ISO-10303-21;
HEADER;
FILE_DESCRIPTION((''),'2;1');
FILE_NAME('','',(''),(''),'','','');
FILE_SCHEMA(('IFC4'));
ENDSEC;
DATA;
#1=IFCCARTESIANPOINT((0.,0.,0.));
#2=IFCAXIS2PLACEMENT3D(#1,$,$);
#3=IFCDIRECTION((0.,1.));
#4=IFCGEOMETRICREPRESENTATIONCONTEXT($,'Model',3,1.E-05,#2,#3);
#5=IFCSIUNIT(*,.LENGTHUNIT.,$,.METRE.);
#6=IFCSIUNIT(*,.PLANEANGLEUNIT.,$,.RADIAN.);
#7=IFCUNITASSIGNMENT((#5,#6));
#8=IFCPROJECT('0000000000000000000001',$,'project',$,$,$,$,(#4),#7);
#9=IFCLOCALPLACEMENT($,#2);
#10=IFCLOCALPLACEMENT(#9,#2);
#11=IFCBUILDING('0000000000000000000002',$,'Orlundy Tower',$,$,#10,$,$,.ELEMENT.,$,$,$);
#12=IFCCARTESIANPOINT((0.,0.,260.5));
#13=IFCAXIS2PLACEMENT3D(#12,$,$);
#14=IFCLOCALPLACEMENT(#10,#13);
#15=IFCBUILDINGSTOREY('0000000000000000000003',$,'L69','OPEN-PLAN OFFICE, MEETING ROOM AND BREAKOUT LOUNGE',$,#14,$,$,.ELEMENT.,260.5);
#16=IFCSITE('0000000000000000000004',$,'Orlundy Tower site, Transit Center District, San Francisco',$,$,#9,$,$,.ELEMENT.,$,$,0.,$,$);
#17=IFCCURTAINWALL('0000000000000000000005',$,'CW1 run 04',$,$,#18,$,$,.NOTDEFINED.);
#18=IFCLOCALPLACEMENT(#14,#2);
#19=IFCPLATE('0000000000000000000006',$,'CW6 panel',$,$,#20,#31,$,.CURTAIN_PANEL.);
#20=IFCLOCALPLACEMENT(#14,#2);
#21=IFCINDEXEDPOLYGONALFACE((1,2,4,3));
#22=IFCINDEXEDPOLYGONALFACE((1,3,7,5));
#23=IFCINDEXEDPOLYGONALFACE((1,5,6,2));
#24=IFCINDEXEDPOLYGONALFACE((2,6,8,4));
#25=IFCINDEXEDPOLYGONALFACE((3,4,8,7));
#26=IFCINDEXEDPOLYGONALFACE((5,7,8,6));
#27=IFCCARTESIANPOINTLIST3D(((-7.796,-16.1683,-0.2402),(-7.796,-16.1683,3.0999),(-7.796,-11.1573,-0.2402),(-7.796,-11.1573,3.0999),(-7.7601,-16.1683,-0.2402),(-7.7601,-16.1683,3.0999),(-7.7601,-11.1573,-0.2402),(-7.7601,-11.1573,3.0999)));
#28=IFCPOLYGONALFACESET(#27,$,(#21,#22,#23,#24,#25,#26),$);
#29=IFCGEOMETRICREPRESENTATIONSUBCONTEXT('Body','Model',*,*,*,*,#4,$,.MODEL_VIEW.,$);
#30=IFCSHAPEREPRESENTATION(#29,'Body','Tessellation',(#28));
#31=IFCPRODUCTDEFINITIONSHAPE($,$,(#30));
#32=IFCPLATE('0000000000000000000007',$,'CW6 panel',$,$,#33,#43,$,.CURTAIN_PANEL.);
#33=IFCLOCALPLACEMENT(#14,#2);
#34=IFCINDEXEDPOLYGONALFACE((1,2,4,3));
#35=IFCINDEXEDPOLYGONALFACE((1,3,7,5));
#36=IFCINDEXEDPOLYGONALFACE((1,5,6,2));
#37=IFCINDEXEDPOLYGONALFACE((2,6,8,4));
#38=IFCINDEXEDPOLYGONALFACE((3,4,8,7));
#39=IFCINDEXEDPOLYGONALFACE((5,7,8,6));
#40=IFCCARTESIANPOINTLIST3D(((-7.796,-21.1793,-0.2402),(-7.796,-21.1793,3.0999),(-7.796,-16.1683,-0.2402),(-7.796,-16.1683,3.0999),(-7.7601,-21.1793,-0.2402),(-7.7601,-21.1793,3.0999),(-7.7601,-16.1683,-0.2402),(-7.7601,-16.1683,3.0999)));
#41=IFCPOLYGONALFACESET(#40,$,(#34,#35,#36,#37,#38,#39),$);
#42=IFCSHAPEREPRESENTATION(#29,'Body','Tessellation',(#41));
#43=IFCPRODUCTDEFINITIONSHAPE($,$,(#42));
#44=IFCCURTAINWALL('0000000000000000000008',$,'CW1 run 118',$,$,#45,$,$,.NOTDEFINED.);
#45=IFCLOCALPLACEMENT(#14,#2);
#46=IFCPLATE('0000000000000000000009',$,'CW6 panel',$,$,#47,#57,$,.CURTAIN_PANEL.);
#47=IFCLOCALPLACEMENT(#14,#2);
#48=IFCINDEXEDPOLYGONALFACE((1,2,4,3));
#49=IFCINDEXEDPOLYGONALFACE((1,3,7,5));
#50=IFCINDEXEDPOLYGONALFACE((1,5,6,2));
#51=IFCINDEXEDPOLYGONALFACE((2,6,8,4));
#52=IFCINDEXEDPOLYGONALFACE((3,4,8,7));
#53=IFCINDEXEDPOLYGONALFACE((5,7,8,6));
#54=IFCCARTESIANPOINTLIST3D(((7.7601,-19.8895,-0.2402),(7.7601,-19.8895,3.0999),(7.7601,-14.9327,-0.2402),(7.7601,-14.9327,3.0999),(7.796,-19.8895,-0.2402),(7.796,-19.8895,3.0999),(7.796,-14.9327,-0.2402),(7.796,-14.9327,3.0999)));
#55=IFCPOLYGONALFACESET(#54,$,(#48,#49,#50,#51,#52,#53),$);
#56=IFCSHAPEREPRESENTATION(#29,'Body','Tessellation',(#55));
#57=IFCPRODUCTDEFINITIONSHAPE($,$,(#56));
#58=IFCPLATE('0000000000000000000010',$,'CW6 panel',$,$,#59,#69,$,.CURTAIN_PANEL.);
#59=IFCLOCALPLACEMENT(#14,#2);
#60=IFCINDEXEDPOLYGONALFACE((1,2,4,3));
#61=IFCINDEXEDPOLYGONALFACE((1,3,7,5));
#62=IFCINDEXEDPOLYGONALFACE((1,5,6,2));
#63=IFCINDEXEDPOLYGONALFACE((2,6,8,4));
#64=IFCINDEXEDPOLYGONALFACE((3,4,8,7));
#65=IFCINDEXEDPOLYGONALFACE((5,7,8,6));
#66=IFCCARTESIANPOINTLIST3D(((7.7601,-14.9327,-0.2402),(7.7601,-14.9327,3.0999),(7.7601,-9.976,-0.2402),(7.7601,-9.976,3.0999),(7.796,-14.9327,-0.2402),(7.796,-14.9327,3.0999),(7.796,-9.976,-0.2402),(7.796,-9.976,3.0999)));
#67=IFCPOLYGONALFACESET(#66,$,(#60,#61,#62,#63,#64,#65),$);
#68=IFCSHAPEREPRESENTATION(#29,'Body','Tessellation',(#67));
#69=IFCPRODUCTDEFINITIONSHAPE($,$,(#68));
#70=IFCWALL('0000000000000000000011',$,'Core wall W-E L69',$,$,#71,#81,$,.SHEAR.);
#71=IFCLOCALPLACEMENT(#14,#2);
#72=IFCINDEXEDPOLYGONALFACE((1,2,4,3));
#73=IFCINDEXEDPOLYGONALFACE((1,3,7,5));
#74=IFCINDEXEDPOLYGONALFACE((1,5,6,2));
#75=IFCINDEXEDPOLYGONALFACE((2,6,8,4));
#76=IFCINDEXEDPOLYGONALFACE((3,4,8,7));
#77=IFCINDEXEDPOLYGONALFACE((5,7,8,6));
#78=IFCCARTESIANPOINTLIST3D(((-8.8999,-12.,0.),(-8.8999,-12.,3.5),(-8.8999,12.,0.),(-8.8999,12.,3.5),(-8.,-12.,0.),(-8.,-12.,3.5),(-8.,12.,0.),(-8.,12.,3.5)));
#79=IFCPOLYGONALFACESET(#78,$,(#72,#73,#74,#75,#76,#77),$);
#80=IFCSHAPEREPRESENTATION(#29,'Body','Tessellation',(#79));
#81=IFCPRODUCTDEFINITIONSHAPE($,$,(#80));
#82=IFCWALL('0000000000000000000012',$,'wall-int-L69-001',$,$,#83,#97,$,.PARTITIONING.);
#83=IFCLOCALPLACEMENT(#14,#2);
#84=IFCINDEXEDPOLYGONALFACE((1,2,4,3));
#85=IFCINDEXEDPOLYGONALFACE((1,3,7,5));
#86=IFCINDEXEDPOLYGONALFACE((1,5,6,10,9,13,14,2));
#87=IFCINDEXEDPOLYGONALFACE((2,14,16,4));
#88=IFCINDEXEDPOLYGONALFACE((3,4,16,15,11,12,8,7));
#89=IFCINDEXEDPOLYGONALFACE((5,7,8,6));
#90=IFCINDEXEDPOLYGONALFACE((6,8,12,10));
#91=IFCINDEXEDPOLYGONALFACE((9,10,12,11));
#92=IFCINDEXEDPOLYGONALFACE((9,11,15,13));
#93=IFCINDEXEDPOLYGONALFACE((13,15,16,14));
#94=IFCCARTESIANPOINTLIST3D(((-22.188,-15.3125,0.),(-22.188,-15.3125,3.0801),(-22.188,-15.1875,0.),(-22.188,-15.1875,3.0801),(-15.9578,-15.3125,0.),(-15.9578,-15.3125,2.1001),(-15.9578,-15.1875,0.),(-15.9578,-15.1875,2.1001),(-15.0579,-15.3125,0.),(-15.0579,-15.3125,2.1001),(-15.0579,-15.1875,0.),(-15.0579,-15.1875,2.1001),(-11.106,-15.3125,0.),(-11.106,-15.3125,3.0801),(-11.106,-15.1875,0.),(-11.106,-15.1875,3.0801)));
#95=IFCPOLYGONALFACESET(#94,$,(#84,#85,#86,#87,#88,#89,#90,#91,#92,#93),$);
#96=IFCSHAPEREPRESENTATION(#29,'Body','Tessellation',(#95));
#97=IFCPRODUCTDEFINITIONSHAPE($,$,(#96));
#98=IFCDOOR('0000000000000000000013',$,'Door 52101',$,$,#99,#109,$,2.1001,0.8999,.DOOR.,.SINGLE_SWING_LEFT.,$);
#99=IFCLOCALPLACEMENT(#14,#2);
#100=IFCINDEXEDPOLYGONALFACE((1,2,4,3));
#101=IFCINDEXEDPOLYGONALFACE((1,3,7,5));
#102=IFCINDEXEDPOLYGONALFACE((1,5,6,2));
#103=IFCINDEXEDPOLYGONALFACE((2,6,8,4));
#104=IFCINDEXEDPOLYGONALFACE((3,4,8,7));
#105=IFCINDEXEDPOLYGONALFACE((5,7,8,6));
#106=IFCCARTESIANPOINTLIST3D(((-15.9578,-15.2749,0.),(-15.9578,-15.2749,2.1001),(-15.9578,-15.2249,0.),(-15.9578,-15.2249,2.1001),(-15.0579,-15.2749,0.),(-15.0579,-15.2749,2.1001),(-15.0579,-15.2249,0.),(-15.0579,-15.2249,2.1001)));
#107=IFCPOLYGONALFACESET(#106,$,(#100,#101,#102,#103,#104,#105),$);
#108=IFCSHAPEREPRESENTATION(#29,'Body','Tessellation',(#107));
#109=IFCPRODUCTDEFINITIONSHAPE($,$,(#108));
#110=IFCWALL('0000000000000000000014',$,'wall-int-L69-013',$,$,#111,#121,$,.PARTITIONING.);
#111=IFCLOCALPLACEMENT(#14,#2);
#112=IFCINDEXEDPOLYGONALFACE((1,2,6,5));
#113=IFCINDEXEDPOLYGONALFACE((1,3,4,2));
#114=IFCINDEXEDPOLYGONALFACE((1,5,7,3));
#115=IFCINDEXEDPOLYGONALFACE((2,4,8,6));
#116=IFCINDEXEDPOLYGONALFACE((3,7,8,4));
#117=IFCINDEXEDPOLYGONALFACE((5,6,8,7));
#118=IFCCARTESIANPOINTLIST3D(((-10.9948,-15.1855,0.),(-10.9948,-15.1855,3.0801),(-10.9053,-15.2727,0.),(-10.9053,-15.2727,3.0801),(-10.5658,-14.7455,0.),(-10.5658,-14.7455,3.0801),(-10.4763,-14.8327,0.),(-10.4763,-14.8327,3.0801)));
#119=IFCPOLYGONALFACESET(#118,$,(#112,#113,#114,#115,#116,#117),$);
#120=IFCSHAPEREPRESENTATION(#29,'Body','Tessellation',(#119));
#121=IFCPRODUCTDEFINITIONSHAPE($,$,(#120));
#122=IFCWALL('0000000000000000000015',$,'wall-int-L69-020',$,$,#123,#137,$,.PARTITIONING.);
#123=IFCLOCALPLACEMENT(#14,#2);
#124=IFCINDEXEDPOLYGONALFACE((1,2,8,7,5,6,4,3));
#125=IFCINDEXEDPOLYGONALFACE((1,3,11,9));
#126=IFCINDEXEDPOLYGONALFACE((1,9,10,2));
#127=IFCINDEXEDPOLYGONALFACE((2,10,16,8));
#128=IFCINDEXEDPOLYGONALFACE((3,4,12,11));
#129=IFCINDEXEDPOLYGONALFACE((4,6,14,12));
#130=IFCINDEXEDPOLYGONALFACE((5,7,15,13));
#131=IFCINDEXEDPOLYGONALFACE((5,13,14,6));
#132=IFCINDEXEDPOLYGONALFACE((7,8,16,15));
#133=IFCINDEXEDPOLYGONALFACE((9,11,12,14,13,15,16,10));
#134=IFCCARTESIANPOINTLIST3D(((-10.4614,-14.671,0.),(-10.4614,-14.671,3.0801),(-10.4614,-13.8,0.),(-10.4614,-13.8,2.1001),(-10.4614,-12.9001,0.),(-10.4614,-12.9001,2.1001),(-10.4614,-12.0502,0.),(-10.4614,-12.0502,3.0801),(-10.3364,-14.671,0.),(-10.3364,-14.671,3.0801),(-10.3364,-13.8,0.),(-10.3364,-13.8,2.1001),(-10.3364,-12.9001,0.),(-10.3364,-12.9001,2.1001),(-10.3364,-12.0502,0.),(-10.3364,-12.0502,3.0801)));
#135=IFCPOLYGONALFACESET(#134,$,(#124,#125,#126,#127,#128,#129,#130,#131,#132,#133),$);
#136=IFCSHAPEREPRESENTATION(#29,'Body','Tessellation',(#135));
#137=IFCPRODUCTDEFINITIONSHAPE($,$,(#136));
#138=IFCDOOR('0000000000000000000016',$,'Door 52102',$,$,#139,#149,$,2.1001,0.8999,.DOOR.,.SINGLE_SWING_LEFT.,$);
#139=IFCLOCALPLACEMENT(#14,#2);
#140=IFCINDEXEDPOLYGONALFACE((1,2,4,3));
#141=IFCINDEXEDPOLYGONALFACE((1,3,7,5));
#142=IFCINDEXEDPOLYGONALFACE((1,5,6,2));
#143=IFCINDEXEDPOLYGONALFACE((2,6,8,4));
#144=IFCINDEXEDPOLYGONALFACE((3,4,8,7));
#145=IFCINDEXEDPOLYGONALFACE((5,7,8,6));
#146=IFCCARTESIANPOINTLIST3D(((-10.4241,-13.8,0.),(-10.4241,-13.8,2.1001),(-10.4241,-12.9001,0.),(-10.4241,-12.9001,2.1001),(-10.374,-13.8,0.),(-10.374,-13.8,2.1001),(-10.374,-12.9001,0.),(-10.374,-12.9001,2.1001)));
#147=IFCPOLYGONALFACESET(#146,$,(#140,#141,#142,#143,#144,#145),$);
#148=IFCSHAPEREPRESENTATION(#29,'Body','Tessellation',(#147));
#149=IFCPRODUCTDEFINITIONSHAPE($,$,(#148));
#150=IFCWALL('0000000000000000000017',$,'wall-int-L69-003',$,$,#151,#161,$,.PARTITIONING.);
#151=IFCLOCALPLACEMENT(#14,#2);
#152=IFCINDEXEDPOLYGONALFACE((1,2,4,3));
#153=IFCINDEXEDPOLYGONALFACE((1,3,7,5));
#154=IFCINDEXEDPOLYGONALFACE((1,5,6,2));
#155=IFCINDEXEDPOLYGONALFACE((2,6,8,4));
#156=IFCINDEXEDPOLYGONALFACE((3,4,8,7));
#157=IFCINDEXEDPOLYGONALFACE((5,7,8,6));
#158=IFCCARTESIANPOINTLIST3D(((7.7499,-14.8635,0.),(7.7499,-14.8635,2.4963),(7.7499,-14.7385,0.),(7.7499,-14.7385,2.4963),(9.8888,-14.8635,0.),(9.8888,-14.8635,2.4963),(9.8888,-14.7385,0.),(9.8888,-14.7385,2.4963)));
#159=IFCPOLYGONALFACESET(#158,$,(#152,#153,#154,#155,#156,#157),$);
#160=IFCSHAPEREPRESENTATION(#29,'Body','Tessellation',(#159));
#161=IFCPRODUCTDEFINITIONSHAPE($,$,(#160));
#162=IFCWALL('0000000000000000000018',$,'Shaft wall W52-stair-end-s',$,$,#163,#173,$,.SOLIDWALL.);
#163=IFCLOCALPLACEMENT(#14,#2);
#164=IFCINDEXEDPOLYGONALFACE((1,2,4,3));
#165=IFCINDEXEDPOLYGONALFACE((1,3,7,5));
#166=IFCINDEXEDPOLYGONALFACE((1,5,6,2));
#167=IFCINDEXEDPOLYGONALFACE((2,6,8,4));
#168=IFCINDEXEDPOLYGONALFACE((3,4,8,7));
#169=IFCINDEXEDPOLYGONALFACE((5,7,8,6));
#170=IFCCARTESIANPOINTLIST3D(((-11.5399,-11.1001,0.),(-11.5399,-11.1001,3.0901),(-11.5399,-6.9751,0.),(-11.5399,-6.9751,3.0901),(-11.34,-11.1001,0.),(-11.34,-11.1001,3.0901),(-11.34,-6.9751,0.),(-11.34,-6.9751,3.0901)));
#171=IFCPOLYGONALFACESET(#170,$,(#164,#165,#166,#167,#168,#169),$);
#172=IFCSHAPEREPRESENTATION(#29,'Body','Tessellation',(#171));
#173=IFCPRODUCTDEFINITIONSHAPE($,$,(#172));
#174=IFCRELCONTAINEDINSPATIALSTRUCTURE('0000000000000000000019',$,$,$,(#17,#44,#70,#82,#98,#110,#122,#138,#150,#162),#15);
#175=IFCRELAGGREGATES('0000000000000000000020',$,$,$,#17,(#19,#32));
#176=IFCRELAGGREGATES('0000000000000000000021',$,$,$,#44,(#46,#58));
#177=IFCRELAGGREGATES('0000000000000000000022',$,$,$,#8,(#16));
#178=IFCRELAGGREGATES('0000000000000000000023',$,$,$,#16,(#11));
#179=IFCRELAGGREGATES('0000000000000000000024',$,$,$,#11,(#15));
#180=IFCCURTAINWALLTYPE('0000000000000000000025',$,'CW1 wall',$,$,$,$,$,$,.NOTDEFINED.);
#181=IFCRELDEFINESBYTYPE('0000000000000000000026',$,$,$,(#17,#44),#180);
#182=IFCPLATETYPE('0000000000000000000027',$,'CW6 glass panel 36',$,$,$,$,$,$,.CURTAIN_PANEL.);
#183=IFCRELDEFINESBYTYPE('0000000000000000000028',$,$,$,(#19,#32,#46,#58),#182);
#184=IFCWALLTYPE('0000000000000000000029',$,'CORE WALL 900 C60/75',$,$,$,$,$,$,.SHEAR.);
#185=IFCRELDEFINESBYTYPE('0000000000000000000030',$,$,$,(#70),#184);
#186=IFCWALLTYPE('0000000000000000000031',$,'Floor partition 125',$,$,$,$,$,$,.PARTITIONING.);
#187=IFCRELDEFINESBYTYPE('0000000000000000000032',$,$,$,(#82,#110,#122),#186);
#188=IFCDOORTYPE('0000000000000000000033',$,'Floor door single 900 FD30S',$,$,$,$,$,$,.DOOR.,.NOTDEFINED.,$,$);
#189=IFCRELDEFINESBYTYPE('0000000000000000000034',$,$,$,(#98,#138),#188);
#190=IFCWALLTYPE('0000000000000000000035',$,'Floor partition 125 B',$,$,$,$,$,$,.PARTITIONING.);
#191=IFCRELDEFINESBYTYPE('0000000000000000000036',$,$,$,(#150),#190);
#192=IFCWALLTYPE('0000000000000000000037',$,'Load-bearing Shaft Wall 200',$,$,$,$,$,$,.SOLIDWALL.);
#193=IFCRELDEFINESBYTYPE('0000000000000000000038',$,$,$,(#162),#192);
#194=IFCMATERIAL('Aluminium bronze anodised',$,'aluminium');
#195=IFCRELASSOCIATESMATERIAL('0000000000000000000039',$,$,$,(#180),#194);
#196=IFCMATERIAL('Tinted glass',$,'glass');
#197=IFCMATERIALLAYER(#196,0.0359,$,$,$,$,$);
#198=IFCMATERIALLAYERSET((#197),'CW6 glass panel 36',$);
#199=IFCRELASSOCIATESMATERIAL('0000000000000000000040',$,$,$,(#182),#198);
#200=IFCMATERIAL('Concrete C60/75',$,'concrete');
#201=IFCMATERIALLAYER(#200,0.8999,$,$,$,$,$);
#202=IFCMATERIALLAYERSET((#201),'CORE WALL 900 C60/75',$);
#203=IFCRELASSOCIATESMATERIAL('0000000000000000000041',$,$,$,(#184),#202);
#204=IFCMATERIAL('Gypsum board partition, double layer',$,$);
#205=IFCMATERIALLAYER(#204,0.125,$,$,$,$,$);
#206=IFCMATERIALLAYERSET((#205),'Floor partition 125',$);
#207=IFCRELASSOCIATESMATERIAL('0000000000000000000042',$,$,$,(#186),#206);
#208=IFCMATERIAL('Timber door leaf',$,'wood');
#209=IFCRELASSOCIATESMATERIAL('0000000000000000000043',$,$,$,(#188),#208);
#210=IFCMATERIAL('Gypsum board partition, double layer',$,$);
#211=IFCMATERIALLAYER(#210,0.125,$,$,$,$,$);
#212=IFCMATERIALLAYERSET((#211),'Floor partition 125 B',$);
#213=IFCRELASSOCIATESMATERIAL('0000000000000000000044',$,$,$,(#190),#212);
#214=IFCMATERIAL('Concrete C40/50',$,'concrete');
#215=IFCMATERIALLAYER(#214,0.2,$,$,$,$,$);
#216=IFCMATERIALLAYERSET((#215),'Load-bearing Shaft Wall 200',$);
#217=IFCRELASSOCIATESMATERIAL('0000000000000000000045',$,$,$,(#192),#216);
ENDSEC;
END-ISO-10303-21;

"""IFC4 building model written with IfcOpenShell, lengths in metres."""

from ifc_helpers import new_model, si_unit, direction, frame, frame_2d, origin, origin_2d, place, context, subcontext, project, spatial, rectangle, extrude, material, layer, layer_set, type_object, element, fill, aggregate, save


model = new_model("IFC4")

# Units and contexts
model_context = context("Model", 3, precision=1e-05, world=origin(), true_north=direction((0.0, 1.0)))
body_context = subcontext(model_context, "Body", "Model", "MODEL_VIEW")
ifc_project = project(units=[si_unit("LENGTHUNIT", "METRE"), si_unit("PLANEANGLEUNIT", "RADIAN")], contexts=[model_context])

# Site, building, storey
site_placement = place(None, origin())
site = spatial("IfcSite", under=ifc_project, at=site_placement, Name="Orlundy Tower site, Transit Center District, San Francisco", CompositionType="ELEMENT", RefElevation=0.0)
building_placement = place(site_placement, origin())
building = spatial("IfcBuilding", under=site, at=building_placement, Name="Orlundy Tower", CompositionType="ELEMENT")
storey_placement = place(building_placement, frame((0.0, 0.0, 260.5)))
storey = spatial("IfcBuildingStorey", under=building, at=storey_placement, Name="L69", Description="OPEN-PLAN OFFICE, MEETING ROOM AND BREAKOUT LOUNGE", CompositionType="ELEMENT", Elevation=260.5)

# Curtain wall
ifc_material_1 = material(Name="Aluminium bronze anodised", Category="aluminium")
curtain_wall_type = type_object("IfcCurtainWallType", Name="CW1 wall", PredefinedType="NOTDEFINED", material=ifc_material_1)
curtain_wall_1_placement = place(storey_placement, origin())
curtain_wall_1 = element("IfcCurtainWall", 1, at=curtain_wall_1_placement, inside=storey, type_object=curtain_wall_type, Name="CW1 run 04", PredefinedType="NOTDEFINED")

# Plates
ifc_material_2 = material(Name="Tinted glass", Category="glass")
ifc_layer_1 = layer(ifc_material_2, 0.0359)
ifc_layer_set_1 = layer_set([ifc_layer_1], Name="CW6 glass panel 36")
plate_type = type_object("IfcPlateType", Name="CW6 glass panel 36", PredefinedType="CURTAIN_PANEL", material=ifc_layer_set_1)
plate_1_placement = place(storey_placement, frame((-7.7781, -13.6628, -0.2402), z_axis=(0.0, 0.0, 1.0), x_axis=(0.0, -1.0, 0.0)))
plate_1 = element("IfcPlate", 2, at=plate_1_placement, type_object=plate_type, Name="CW6 panel", PredefinedType="CURTAIN_PANEL", context=body_context, shape_type="SweptSolid", body=[
    extrude(rectangle(XDim=5.011, YDim=0.0359, at=origin_2d()), origin(), (0.0, 0.0, 1.0), 3.3401),
])
plate_2_placement = place(storey_placement, frame((-7.7781, -18.6738, -0.2402), z_axis=(0.0, 0.0, 1.0), x_axis=(0.0, -1.0, 0.0)))
plate_2 = element("IfcPlate", 3, at=plate_2_placement, type_object=plate_type, Name="CW6 panel", PredefinedType="CURTAIN_PANEL", context=body_context, shape_type="SweptSolid", body=[
    extrude(rectangle(XDim=5.011, YDim=0.0359, at=origin_2d()), origin(), (0.0, 0.0, 1.0), 3.3401),
])
aggregate(curtain_wall_1, [plate_1, plate_2])

# Curtain wall, plates
curtain_wall_2_placement = place(storey_placement, origin())
curtain_wall_2 = element("IfcCurtainWall", 4, at=curtain_wall_2_placement, inside=storey, type_object=curtain_wall_type, Name="CW1 run 118", PredefinedType="NOTDEFINED")
plate_3_placement = place(storey_placement, frame((7.7781, -17.4111, -0.2402), z_axis=(0.0, 0.0, 1.0), x_axis=(0.0, 1.0, 0.0)))
plate_3 = element("IfcPlate", 5, at=plate_3_placement, type_object=plate_type, Name="CW6 panel", PredefinedType="CURTAIN_PANEL", context=body_context, shape_type="SweptSolid", body=[
    extrude(rectangle(XDim=4.9568, YDim=0.0359, at=origin_2d()), origin(), (0.0, 0.0, 1.0), 3.3401),
])
plate_4_placement = place(storey_placement, frame((7.7781, -12.4543, -0.2402), z_axis=(0.0, 0.0, 1.0), x_axis=(0.0, 1.0, 0.0)))
plate_4 = element("IfcPlate", 6, at=plate_4_placement, type_object=plate_type, Name="CW6 panel", PredefinedType="CURTAIN_PANEL", context=body_context, shape_type="SweptSolid", body=[
    extrude(rectangle(XDim=4.9568, YDim=0.0359, at=origin_2d()), origin(), (0.0, 0.0, 1.0), 3.3401),
])
aggregate(curtain_wall_2, [plate_3, plate_4])

# Wall
ifc_material_3 = material(Name="Concrete C60/75", Category="concrete")
ifc_layer_2 = layer(ifc_material_3, 0.8999)
ifc_layer_set_2 = layer_set([ifc_layer_2], Name="CORE WALL 900 C60/75")
wall_type_1 = type_object("IfcWallType", Name="CORE WALL 900 C60/75", PredefinedType="SHEAR", material=ifc_layer_set_2)
wall_1_placement = place(storey_placement, frame((-8.45, -12.0, 0.0), z_axis=(0.0, 0.0, 1.0), x_axis=(0.0, 1.0, 0.0)))
element("IfcWall", 7, at=wall_1_placement, inside=storey, type_object=wall_type_1, Name="Core wall W-E L69", PredefinedType="SHEAR", context=body_context, shape_type="SweptSolid", body=[
    extrude(rectangle(XDim=24.0, YDim=0.8999, at=frame_2d((12.0, 0.0))), origin(), (0.0, 0.0, 1.0), 3.5),
])

# Wall, opening, door
ifc_material_4 = material(Name="Gypsum board partition, double layer")
ifc_layer_3 = layer(ifc_material_4, 0.125)
ifc_layer_set_3 = layer_set([ifc_layer_3], Name="Floor partition 125")
wall_type_2 = type_object("IfcWallType", Name="Floor partition 125", PredefinedType="PARTITIONING", material=ifc_layer_set_3)
wall_2_placement = place(storey_placement, frame((-11.106, -15.25, 0.0), z_axis=(0.0, 0.0, 1.0), x_axis=(-1.0, 0.0, 0.0)))
wall_2 = element("IfcWall", 8, at=wall_2_placement, inside=storey, type_object=wall_type_2, Name="wall-int-L69-001", PredefinedType="PARTITIONING", context=body_context, shape_type="SweptSolid", body=[
    extrude(rectangle(XDim=11.082, YDim=0.125, at=frame_2d((5.541, 0.0))), origin(), (0.0, 0.0, 1.0), 3.0801),
])
opening_1_placement = place(wall_2_placement, frame((3.9519, 0.0, 0.0)))
opening_1 = element("IfcOpeningElement", 9, at=opening_1_placement, cuts=wall_2, PredefinedType="OPENING", context=body_context, shape_type="SweptSolid", body=[
    extrude(rectangle(XDim=0.8999, YDim=2.1001, at=frame_2d((0.45, 1.05))), frame((0.0, 0.0725, 0.0), z_axis=(0.0, -1.0, 0.0), x_axis=(1.0, 0.0, 0.0)), (0.0, 0.0, 1.0), 0.145),
])
ifc_material_5 = material(Name="Timber door leaf", Category="wood")
door_type_1 = type_object("IfcDoorType", Name="Floor door single 900 FD30S", OperationType="NOTDEFINED", PredefinedType="DOOR", material=ifc_material_5)
door_1_placement = place(opening_1_placement, origin())
door_1 = element("IfcDoor", 10, at=door_1_placement, inside=storey, type_object=door_type_1, Name="Door 52101", OperationType="SINGLE_SWING_LEFT", OverallHeight=2.1001, OverallWidth=0.8999, PredefinedType="DOOR", context=body_context, shape_type="SweptSolid", body=[
    extrude(rectangle(XDim=0.8999, YDim=2.1001, at=frame_2d((0.45, 1.05))), frame((0.0, 0.0249, 0.0), z_axis=(0.0, -1.0, 0.0), x_axis=(1.0, 0.0, 0.0)), (0.0, 0.0, 1.0), 0.05),
])
fill(opening_1, door_1)

# Wall
wall_3_placement = place(storey_placement, frame((-10.95, -15.229, 0.0), z_axis=(0.0, 0.0, 1.0), x_axis=(0.69811, 0.71599, 0.0)))
element("IfcWall", 11, at=wall_3_placement, inside=storey, type_object=wall_type_2, Name="wall-int-L69-013", PredefinedType="PARTITIONING", context=body_context, shape_type="SweptSolid", body=[
    extrude(rectangle(XDim=0.6145, YDim=0.125, at=frame_2d((0.3071, 0.0))), origin(), (0.0, 0.0, 1.0), 3.0801),
])

# Wall, opening, door
wall_4_placement = place(storey_placement, frame((-10.3989, -12.05, 0.0), z_axis=(0.0, 0.0, 1.0), x_axis=(0.0, -1.0, 0.0)))
wall_4 = element("IfcWall", 12, at=wall_4_placement, inside=storey, type_object=wall_type_2, Name="wall-int-L69-020", PredefinedType="PARTITIONING", context=body_context, shape_type="SweptSolid", body=[
    extrude(rectangle(XDim=2.6208, YDim=0.125, at=frame_2d((1.3105, 0.0))), origin(), (0.0, 0.0, 1.0), 3.0801),
])
opening_2_placement = place(wall_4_placement, frame((0.8501, 0.0, 0.0)))
opening_2 = element("IfcOpeningElement", 13, at=opening_2_placement, cuts=wall_4, PredefinedType="OPENING", context=body_context, shape_type="SweptSolid", body=[
    extrude(rectangle(XDim=0.8999, YDim=2.1001, at=frame_2d((0.45, 1.05))), frame((0.0, 0.0725, 0.0), z_axis=(0.0, -1.0, 0.0), x_axis=(1.0, 0.0, 0.0)), (0.0, 0.0, 1.0), 0.145),
])
door_2_placement = place(opening_2_placement, origin())
door_2 = element("IfcDoor", 14, at=door_2_placement, inside=storey, type_object=door_type_1, Name="Door 52102", OperationType="SINGLE_SWING_LEFT", OverallHeight=2.1001, OverallWidth=0.8999, PredefinedType="DOOR", context=body_context, shape_type="SweptSolid", body=[
    extrude(rectangle(XDim=0.8999, YDim=2.1001, at=frame_2d((0.45, 1.05))), frame((0.0, 0.0249, 0.0), z_axis=(0.0, -1.0, 0.0), x_axis=(1.0, 0.0, 0.0)), (0.0, 0.0, 1.0), 0.05),
])
fill(opening_2, door_2)

# Walls
ifc_material_6 = material(Name="Gypsum board partition, double layer")
ifc_layer_4 = layer(ifc_material_6, 0.125)
ifc_layer_set_4 = layer_set([ifc_layer_4], Name="Floor partition 125 B")
wall_type_3 = type_object("IfcWallType", Name="Floor partition 125 B", PredefinedType="PARTITIONING", material=ifc_layer_set_4)
wall_5_placement = place(storey_placement, frame((7.75, -14.801, 0.0), z_axis=(0.0, 0.0, 1.0), x_axis=(1.0, 0.0, 0.0)))
element("IfcWall", 15, at=wall_5_placement, inside=storey, type_object=wall_type_3, Name="wall-int-L69-003", PredefinedType="PARTITIONING", context=body_context, shape_type="SweptSolid", body=[
    extrude(rectangle(XDim=2.1389, YDim=0.125, at=frame_2d((1.0693, 0.0))), origin(), (0.0, 0.0, 1.0), 2.4963),
])
ifc_material_7 = material(Name="Concrete C40/50", Category="concrete")
ifc_layer_5 = layer(ifc_material_7, 0.2)
ifc_layer_set_5 = layer_set([ifc_layer_5], Name="Load-bearing Shaft Wall 200")
wall_type_4 = type_object("IfcWallType", Name="Load-bearing Shaft Wall 200", PredefinedType="SOLIDWALL", material=ifc_layer_set_5)
wall_6_placement = place(storey_placement, frame((-11.4399, -11.1001, 0.0), z_axis=(0.0, 0.0, 1.0), x_axis=(0.0, 1.0, 0.0)))
element("IfcWall", 16, at=wall_6_placement, inside=storey, type_object=wall_type_4, Name="Shaft wall W52-stair-end-s", PredefinedType="SOLIDWALL", context=body_context, shape_type="SweptSolid", body=[
    extrude(rectangle(XDim=4.125, YDim=0.2, at=frame_2d((2.0625, 0.0))), origin(), (0.0, 0.0, 1.0), 3.0901),
])

save(model, "model.ifc")
